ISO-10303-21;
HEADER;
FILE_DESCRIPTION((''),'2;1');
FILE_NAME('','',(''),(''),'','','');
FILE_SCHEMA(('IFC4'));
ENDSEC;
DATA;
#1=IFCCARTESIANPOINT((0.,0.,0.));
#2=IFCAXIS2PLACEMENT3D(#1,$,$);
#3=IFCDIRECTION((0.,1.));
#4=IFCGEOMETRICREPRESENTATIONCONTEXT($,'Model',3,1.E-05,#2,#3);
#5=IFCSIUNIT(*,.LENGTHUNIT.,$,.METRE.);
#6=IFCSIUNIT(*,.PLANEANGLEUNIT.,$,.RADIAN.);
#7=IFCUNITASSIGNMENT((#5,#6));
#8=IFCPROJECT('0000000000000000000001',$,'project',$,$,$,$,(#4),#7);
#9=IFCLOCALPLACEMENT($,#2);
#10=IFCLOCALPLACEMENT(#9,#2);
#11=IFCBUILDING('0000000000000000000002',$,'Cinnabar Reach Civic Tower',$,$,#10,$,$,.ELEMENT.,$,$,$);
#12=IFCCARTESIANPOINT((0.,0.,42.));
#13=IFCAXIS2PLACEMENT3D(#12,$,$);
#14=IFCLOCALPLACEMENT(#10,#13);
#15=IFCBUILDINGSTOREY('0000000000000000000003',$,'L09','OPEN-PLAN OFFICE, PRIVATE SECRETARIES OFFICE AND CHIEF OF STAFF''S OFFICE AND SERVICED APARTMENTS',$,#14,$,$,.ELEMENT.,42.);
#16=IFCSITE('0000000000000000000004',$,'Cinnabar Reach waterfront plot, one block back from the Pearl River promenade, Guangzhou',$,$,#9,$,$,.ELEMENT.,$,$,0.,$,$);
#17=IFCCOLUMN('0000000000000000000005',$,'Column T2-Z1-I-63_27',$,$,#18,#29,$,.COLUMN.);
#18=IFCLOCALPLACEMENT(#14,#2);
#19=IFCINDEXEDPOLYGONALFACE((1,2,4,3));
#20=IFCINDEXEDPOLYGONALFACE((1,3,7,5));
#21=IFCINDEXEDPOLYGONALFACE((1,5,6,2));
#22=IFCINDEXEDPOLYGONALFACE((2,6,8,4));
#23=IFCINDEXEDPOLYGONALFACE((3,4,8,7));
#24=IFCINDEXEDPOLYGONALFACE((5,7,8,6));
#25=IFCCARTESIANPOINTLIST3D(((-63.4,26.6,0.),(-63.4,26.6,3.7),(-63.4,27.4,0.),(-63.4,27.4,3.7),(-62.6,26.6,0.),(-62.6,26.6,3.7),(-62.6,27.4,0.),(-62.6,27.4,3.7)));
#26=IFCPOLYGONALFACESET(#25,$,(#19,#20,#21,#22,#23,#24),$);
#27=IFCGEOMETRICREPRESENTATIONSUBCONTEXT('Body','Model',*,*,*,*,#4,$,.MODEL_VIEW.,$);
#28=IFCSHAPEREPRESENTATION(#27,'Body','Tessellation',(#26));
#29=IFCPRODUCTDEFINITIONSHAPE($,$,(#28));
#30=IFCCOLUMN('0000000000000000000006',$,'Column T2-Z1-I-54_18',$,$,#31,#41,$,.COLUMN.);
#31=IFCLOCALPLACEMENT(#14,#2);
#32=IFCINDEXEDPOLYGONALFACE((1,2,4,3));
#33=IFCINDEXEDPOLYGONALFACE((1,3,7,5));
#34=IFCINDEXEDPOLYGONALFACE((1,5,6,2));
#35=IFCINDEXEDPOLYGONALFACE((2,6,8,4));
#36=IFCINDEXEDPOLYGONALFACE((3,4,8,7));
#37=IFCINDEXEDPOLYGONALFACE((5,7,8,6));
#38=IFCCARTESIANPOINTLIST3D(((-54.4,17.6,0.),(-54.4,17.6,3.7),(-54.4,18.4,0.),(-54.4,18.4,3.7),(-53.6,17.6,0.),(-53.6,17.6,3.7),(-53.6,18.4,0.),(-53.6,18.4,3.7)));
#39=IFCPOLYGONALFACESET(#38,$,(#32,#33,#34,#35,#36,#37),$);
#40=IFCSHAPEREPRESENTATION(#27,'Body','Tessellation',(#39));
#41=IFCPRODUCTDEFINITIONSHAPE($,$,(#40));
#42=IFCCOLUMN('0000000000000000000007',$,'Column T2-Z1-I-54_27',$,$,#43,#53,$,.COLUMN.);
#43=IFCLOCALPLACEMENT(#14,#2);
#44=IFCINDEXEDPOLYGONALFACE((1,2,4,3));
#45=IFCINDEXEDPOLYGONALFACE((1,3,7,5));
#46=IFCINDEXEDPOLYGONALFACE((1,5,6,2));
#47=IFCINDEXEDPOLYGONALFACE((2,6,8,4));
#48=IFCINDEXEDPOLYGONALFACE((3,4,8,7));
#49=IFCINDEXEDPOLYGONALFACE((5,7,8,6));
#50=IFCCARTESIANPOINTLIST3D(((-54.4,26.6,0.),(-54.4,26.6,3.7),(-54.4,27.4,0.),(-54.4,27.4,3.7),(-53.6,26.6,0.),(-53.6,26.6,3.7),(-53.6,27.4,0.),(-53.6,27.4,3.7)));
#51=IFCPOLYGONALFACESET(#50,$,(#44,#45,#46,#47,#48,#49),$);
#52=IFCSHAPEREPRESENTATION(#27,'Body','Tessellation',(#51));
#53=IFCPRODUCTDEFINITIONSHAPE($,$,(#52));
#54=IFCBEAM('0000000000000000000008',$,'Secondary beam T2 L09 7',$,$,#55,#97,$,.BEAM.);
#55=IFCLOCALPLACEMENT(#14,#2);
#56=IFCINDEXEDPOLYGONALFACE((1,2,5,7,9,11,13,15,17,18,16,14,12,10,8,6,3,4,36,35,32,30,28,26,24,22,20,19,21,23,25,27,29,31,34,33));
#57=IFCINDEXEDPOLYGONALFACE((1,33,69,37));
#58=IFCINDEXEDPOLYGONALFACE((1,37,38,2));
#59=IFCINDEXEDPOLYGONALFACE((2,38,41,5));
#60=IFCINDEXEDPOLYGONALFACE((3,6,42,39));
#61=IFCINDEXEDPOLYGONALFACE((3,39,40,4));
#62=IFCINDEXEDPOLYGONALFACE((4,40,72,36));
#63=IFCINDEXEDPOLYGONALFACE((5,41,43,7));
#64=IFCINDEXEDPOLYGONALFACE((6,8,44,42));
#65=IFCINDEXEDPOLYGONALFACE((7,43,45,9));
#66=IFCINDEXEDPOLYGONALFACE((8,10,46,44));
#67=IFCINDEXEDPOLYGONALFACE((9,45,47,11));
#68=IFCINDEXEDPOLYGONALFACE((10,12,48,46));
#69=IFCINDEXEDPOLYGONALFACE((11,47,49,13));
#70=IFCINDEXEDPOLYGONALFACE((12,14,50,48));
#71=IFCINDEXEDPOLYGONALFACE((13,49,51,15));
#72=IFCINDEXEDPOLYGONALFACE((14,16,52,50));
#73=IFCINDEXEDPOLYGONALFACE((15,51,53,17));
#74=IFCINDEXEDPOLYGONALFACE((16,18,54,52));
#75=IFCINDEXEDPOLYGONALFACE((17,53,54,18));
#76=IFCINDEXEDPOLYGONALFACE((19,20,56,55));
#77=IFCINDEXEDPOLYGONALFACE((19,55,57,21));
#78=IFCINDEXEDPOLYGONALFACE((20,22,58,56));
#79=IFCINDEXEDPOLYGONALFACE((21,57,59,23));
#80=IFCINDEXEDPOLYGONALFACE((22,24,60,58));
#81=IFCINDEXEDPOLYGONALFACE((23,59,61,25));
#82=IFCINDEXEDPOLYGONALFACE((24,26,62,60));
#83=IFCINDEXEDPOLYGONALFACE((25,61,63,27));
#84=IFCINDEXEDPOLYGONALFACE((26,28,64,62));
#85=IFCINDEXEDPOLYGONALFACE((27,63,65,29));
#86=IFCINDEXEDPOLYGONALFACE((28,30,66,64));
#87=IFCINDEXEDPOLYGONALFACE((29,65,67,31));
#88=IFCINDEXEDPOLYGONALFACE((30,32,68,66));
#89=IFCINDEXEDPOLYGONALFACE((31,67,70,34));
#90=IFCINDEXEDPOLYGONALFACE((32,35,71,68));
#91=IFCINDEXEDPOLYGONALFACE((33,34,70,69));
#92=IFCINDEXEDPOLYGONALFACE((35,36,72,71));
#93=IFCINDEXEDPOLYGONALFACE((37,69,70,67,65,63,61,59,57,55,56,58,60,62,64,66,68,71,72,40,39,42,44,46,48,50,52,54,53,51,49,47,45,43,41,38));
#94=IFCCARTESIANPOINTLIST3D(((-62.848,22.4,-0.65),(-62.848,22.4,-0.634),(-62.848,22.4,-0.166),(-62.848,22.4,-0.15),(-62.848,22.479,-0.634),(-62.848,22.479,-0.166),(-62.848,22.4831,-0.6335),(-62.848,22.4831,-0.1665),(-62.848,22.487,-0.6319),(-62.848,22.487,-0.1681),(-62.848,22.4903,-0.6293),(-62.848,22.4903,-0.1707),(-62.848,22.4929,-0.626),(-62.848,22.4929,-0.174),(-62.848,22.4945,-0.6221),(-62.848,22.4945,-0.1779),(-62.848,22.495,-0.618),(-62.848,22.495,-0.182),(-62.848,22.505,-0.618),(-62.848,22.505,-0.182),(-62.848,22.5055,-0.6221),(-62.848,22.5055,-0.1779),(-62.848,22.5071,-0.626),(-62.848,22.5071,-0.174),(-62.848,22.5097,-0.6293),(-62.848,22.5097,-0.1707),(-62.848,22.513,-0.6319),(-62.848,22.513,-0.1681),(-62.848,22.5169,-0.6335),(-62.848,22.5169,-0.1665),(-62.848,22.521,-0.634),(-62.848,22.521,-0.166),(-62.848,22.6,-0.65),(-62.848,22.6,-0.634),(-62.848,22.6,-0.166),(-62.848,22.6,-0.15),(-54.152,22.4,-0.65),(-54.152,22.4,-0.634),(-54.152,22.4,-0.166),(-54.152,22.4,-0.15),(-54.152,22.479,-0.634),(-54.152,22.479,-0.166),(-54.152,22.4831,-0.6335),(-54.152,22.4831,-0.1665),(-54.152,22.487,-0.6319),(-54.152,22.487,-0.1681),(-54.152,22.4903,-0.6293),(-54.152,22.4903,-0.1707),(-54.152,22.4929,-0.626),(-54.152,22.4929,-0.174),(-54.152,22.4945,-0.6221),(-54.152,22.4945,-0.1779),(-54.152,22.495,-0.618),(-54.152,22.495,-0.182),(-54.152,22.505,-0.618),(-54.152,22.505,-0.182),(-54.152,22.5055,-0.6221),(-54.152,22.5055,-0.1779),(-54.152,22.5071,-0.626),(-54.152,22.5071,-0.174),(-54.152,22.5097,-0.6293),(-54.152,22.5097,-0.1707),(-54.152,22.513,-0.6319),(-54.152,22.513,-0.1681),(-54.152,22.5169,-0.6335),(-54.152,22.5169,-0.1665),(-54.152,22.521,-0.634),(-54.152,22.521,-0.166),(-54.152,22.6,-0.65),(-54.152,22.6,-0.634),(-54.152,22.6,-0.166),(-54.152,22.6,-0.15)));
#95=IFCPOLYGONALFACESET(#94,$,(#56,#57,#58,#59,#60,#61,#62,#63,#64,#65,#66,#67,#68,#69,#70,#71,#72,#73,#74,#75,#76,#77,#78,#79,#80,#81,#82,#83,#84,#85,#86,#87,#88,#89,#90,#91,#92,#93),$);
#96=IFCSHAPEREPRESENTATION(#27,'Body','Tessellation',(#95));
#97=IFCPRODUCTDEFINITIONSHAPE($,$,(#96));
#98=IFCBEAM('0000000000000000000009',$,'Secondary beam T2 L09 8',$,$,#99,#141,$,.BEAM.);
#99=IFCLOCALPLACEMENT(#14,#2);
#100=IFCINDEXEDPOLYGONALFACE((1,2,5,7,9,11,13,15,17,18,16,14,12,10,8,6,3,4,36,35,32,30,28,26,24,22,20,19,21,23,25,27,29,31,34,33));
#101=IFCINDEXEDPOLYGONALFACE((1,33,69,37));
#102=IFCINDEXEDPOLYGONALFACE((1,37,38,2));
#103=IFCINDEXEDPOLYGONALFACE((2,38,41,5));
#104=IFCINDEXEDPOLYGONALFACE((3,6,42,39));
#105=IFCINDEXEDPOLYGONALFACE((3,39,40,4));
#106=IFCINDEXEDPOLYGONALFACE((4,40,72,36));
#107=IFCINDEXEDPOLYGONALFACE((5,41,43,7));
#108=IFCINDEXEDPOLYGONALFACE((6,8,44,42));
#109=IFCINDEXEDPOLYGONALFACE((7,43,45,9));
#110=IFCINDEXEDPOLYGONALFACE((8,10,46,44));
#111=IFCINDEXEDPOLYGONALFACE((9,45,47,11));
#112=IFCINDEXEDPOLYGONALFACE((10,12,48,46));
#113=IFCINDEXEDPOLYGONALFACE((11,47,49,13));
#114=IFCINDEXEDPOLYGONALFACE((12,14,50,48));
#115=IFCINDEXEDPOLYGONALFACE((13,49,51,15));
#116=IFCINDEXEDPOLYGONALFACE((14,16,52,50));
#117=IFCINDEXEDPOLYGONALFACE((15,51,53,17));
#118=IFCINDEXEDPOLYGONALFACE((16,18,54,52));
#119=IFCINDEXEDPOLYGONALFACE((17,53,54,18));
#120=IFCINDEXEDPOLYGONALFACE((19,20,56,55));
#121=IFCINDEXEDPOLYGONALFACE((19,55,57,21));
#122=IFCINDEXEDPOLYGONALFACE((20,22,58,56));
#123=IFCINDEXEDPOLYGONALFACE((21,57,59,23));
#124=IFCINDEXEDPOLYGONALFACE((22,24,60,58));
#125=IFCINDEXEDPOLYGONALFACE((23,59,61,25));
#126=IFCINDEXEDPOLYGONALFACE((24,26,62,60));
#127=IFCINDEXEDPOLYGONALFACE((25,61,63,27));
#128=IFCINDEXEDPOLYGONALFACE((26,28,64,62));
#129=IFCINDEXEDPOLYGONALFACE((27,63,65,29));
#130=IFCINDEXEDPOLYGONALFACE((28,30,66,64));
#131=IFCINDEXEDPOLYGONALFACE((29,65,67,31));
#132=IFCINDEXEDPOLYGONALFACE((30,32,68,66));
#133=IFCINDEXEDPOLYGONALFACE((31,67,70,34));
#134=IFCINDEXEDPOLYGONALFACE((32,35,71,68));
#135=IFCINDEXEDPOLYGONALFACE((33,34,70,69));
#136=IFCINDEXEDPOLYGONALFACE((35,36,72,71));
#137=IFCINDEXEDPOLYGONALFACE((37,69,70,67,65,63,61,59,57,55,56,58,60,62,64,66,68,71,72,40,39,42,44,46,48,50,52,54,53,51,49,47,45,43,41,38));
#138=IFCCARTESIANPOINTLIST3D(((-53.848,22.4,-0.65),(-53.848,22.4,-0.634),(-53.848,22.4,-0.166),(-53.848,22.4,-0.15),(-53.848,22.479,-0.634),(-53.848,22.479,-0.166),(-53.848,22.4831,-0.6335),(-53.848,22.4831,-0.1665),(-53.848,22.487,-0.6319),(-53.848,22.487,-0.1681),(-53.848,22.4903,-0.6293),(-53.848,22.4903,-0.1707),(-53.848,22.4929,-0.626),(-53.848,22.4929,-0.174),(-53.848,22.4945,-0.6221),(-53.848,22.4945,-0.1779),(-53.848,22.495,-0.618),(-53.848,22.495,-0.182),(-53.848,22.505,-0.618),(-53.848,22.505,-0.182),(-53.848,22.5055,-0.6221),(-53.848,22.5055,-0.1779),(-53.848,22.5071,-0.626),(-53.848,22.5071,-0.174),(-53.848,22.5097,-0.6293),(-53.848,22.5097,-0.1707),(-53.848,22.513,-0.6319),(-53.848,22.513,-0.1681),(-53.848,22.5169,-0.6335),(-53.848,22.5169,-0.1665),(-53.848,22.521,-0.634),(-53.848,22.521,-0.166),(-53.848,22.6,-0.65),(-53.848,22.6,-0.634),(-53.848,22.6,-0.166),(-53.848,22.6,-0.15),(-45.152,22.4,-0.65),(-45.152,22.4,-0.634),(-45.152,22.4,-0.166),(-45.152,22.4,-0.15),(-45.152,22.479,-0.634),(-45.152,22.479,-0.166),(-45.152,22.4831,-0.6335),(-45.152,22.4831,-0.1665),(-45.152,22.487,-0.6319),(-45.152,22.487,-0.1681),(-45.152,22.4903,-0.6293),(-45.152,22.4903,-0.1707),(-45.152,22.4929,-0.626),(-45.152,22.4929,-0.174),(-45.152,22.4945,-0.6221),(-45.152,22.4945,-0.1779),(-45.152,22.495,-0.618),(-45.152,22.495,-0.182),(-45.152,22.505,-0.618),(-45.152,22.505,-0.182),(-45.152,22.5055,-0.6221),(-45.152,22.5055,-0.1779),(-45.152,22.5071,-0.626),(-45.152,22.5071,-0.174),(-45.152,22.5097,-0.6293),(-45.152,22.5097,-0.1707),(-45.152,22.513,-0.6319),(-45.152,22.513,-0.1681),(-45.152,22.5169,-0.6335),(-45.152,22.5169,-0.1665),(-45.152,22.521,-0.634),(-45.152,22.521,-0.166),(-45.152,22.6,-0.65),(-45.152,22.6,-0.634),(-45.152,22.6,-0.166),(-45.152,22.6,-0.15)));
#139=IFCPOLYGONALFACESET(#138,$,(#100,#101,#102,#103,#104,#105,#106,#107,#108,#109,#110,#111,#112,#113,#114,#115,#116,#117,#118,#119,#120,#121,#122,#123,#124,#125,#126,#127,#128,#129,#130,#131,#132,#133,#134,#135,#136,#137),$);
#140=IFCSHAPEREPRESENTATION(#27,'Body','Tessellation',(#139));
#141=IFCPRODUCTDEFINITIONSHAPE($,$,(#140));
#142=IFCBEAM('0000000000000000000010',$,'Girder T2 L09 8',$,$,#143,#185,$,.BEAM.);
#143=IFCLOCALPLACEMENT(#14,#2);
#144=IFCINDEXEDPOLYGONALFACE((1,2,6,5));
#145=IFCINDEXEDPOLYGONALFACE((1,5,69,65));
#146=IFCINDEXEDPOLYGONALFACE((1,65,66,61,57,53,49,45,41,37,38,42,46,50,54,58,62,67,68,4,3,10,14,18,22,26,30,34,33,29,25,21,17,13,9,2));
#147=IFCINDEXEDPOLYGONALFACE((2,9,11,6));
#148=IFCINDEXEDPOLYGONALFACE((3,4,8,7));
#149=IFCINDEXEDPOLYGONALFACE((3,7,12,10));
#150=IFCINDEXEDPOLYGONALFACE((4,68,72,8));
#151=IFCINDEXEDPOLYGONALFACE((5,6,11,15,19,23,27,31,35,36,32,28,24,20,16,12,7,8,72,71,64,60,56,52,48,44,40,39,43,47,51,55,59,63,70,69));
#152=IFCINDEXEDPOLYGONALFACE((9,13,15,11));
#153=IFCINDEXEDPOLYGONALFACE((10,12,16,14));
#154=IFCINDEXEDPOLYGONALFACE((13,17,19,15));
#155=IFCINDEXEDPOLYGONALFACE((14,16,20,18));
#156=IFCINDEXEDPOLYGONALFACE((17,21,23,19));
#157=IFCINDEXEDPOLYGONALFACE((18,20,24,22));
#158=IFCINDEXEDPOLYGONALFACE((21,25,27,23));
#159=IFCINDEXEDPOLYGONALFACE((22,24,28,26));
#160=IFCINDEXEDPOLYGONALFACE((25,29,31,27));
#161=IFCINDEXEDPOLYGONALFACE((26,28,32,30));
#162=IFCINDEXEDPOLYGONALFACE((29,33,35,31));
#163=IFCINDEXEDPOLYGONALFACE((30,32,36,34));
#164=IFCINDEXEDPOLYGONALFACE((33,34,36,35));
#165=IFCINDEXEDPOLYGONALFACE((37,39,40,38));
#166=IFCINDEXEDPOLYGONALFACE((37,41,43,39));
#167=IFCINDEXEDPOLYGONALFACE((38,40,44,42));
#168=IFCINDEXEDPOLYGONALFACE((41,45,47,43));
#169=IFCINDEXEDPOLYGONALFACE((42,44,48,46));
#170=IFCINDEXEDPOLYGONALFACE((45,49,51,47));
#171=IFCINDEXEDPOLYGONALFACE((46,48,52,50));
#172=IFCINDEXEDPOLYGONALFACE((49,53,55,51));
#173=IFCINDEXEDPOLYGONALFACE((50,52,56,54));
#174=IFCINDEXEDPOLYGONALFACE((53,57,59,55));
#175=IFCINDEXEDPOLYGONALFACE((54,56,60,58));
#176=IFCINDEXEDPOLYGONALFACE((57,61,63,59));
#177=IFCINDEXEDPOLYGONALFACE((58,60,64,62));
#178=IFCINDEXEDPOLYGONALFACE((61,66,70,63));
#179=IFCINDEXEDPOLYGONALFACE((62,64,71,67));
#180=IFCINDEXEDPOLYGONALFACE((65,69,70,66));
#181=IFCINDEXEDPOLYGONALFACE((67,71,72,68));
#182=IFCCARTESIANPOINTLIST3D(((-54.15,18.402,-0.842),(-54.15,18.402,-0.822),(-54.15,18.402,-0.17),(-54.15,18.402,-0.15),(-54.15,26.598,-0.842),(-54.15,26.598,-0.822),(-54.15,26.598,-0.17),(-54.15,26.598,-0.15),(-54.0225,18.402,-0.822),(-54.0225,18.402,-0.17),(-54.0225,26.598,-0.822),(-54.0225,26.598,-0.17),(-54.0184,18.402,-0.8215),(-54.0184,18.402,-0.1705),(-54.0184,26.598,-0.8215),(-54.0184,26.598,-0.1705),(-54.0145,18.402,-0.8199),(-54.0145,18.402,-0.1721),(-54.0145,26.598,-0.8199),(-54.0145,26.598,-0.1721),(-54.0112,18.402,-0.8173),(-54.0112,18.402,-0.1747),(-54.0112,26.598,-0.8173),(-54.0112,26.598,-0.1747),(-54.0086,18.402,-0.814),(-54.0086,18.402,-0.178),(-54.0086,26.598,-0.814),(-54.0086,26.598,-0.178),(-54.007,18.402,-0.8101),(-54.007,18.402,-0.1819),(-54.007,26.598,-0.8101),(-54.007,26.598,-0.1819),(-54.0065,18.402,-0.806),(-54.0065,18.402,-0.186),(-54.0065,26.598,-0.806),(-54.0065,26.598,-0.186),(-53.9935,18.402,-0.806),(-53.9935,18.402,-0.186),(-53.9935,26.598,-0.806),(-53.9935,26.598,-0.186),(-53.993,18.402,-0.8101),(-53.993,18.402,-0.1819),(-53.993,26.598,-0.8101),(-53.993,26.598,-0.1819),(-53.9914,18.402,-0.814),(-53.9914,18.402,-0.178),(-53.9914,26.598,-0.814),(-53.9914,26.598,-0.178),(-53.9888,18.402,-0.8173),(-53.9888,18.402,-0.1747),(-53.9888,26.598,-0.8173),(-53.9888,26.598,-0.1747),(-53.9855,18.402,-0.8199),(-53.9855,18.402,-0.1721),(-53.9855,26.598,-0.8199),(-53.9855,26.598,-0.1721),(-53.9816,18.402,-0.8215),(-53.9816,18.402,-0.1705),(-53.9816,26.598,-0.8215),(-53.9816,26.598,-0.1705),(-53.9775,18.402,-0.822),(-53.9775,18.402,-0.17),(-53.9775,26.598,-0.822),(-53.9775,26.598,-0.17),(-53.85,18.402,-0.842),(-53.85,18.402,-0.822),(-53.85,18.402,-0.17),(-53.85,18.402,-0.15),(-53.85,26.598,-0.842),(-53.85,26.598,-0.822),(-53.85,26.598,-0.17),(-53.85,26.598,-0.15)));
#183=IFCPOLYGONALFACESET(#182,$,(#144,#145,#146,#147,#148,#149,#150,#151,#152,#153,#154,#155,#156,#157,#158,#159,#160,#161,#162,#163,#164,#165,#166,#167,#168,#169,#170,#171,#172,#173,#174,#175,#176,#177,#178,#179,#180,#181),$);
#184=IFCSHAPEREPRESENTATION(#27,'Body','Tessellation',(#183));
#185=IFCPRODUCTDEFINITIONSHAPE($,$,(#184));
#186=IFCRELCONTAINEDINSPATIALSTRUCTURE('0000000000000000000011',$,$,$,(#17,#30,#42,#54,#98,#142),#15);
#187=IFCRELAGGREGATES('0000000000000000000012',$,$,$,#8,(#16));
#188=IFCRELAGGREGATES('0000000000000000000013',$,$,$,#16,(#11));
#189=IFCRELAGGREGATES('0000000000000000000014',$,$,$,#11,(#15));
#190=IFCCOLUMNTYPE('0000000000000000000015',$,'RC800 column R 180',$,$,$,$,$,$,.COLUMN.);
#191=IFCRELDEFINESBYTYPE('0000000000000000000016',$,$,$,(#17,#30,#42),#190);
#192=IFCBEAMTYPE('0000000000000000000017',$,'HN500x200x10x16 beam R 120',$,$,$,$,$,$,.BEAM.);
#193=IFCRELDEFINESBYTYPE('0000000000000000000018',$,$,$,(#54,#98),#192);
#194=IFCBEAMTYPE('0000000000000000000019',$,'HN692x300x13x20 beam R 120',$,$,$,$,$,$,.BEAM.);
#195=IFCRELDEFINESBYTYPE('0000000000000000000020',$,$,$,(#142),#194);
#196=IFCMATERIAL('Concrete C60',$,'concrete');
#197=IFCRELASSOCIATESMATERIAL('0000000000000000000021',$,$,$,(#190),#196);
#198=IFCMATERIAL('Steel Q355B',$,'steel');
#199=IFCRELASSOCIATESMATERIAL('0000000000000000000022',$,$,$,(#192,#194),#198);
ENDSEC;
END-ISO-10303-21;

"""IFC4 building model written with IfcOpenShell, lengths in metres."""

from ifc_helpers import new_model, si_unit, direction, frame, origin, origin_2d, place, context, subcontext, project, spatial, rectangle, i_section, extrude, material, material_profile, profile_set, type_object, element, save


model = new_model("IFC4")

# Units and contexts
model_context = context("Model", 3, precision=1e-05, world=origin(), true_north=direction((0.0, 1.0)))
body_context = subcontext(model_context, "Body", "Model", "MODEL_VIEW")
ifc_project = project(units=[si_unit("LENGTHUNIT", "METRE"), si_unit("PLANEANGLEUNIT", "RADIAN")], contexts=[model_context])

# Site, building, storey
site_placement = place(None, origin())
site = spatial("IfcSite", under=ifc_project, at=site_placement, Name="Cinnabar Reach waterfront plot, one block back from the Pearl River promenade, Guangzhou", CompositionType="ELEMENT", RefElevation=0.0)
building_placement = place(site_placement, origin())
building = spatial("IfcBuilding", under=site, at=building_placement, Name="Cinnabar Reach Civic Tower", CompositionType="ELEMENT")
storey_placement = place(building_placement, frame((0.0, 0.0, 42.0)))
storey = spatial("IfcBuildingStorey", under=building, at=storey_placement, Name="L09", Description="OPEN-PLAN OFFICE, PRIVATE SECRETARIES OFFICE AND CHIEF OF STAFF'S OFFICE AND SERVICED APARTMENTS", CompositionType="ELEMENT", Elevation=42.0)

# Columns
ifc_material_1 = material(Name="Concrete C60", Category="concrete")
ifc_material_profile_1 = material_profile(ifc_material_1, rectangle(XDim=0.8, YDim=0.8, at=origin_2d()), Name="RC800")
ifc_profile_set_1 = profile_set([ifc_material_profile_1], Name="Concrete C60")
column_type = type_object("IfcColumnType", Name="RC800 column R 180", PredefinedType="COLUMN", material=ifc_profile_set_1)
for number, where, z_axis, x_axis, name in (
    (1, (-63.0, 27.0, 0.0), (0.0, 0.0, 1.0), (1.0, 0.0, 0.0), "Column T2-Z1-I-63_27"),
    (2, (-54.0, 18.0, 0.0), (0.0, 0.0, 1.0), (1.0, 0.0, 0.0), "Column T2-Z1-I-54_18"),
    (3, (-54.0, 27.0, 0.0), (0.0, 0.0, 1.0), (1.0, 0.0, 0.0), "Column T2-Z1-I-54_27"),
):
    element("IfcColumn", number, at=place(storey_placement, frame(where, z_axis=z_axis, x_axis=x_axis)), inside=storey, type_object=column_type, Name=name, PredefinedType="COLUMN", context=body_context, shape_type="SweptSolid", body=[
        extrude(rectangle(XDim=0.8, YDim=0.8, at=origin_2d()), origin(), (0.0, 0.0, 1.0), 3.7),
    ])

# Beams
ifc_material_2 = material(Name="Steel Q355B", Category="steel")
ifc_material_profile_2 = material_profile(ifc_material_2, i_section(OverallWidth=0.2, OverallDepth=0.5, WebThickness=0.01, FlangeThickness=0.016, FilletRadius=0.016, at=origin_2d()), Name="HN500x200x10x16")
ifc_profile_set_2 = profile_set([ifc_material_profile_2], Name="Steel Q355B")
beam_type_1 = type_object("IfcBeamType", Name="HN500x200x10x16 beam R 120", PredefinedType="BEAM", material=ifc_profile_set_2)
for number, where, z_axis, x_axis, name in (
    (4, (-62.848, 22.5, -0.4), (1.0, 0.0, 0.0), (0.0, 1.0, 0.0), "Secondary beam T2 L09 7"),
    (5, (-53.848, 22.5, -0.4), (1.0, 0.0, 0.0), (0.0, 1.0, 0.0), "Secondary beam T2 L09 8"),
):
    element("IfcBeam", number, at=place(storey_placement, frame(where, z_axis=z_axis, x_axis=x_axis)), inside=storey, type_object=beam_type_1, Name=name, PredefinedType="BEAM", context=body_context, shape_type="SweptSolid", body=[
        extrude(i_section(OverallWidth=0.2, OverallDepth=0.5, WebThickness=0.01, FlangeThickness=0.016, FilletRadius=0.016, at=origin_2d()), origin(), (0.0, 0.0, 1.0), 8.696),
    ])
ifc_material_profile_3 = material_profile(ifc_material_2, i_section(OverallWidth=0.3, OverallDepth=0.692, WebThickness=0.013, FlangeThickness=0.02, FilletRadius=0.016, at=origin_2d()), Name="HN692x300x13x20")
ifc_profile_set_3 = profile_set([ifc_material_profile_3], Name="Steel Q355B")
beam_type_2 = type_object("IfcBeamType", Name="HN692x300x13x20 beam R 120", PredefinedType="BEAM", material=ifc_profile_set_3)
beam_placement = place(storey_placement, frame((-54.0, 18.402, -0.496), z_axis=(0.0, 1.0, 0.0), x_axis=(-1.0, 0.0, 0.0)))
element("IfcBeam", 6, at=beam_placement, inside=storey, type_object=beam_type_2, Name="Girder T2 L09 8", PredefinedType="BEAM", context=body_context, shape_type="SweptSolid", body=[
    extrude(i_section(OverallWidth=0.3, OverallDepth=0.692, WebThickness=0.013, FlangeThickness=0.02, FilletRadius=0.016, at=origin_2d()), origin(), (0.0, 0.0, 1.0), 8.196),
])

save(model, "model.ifc")
